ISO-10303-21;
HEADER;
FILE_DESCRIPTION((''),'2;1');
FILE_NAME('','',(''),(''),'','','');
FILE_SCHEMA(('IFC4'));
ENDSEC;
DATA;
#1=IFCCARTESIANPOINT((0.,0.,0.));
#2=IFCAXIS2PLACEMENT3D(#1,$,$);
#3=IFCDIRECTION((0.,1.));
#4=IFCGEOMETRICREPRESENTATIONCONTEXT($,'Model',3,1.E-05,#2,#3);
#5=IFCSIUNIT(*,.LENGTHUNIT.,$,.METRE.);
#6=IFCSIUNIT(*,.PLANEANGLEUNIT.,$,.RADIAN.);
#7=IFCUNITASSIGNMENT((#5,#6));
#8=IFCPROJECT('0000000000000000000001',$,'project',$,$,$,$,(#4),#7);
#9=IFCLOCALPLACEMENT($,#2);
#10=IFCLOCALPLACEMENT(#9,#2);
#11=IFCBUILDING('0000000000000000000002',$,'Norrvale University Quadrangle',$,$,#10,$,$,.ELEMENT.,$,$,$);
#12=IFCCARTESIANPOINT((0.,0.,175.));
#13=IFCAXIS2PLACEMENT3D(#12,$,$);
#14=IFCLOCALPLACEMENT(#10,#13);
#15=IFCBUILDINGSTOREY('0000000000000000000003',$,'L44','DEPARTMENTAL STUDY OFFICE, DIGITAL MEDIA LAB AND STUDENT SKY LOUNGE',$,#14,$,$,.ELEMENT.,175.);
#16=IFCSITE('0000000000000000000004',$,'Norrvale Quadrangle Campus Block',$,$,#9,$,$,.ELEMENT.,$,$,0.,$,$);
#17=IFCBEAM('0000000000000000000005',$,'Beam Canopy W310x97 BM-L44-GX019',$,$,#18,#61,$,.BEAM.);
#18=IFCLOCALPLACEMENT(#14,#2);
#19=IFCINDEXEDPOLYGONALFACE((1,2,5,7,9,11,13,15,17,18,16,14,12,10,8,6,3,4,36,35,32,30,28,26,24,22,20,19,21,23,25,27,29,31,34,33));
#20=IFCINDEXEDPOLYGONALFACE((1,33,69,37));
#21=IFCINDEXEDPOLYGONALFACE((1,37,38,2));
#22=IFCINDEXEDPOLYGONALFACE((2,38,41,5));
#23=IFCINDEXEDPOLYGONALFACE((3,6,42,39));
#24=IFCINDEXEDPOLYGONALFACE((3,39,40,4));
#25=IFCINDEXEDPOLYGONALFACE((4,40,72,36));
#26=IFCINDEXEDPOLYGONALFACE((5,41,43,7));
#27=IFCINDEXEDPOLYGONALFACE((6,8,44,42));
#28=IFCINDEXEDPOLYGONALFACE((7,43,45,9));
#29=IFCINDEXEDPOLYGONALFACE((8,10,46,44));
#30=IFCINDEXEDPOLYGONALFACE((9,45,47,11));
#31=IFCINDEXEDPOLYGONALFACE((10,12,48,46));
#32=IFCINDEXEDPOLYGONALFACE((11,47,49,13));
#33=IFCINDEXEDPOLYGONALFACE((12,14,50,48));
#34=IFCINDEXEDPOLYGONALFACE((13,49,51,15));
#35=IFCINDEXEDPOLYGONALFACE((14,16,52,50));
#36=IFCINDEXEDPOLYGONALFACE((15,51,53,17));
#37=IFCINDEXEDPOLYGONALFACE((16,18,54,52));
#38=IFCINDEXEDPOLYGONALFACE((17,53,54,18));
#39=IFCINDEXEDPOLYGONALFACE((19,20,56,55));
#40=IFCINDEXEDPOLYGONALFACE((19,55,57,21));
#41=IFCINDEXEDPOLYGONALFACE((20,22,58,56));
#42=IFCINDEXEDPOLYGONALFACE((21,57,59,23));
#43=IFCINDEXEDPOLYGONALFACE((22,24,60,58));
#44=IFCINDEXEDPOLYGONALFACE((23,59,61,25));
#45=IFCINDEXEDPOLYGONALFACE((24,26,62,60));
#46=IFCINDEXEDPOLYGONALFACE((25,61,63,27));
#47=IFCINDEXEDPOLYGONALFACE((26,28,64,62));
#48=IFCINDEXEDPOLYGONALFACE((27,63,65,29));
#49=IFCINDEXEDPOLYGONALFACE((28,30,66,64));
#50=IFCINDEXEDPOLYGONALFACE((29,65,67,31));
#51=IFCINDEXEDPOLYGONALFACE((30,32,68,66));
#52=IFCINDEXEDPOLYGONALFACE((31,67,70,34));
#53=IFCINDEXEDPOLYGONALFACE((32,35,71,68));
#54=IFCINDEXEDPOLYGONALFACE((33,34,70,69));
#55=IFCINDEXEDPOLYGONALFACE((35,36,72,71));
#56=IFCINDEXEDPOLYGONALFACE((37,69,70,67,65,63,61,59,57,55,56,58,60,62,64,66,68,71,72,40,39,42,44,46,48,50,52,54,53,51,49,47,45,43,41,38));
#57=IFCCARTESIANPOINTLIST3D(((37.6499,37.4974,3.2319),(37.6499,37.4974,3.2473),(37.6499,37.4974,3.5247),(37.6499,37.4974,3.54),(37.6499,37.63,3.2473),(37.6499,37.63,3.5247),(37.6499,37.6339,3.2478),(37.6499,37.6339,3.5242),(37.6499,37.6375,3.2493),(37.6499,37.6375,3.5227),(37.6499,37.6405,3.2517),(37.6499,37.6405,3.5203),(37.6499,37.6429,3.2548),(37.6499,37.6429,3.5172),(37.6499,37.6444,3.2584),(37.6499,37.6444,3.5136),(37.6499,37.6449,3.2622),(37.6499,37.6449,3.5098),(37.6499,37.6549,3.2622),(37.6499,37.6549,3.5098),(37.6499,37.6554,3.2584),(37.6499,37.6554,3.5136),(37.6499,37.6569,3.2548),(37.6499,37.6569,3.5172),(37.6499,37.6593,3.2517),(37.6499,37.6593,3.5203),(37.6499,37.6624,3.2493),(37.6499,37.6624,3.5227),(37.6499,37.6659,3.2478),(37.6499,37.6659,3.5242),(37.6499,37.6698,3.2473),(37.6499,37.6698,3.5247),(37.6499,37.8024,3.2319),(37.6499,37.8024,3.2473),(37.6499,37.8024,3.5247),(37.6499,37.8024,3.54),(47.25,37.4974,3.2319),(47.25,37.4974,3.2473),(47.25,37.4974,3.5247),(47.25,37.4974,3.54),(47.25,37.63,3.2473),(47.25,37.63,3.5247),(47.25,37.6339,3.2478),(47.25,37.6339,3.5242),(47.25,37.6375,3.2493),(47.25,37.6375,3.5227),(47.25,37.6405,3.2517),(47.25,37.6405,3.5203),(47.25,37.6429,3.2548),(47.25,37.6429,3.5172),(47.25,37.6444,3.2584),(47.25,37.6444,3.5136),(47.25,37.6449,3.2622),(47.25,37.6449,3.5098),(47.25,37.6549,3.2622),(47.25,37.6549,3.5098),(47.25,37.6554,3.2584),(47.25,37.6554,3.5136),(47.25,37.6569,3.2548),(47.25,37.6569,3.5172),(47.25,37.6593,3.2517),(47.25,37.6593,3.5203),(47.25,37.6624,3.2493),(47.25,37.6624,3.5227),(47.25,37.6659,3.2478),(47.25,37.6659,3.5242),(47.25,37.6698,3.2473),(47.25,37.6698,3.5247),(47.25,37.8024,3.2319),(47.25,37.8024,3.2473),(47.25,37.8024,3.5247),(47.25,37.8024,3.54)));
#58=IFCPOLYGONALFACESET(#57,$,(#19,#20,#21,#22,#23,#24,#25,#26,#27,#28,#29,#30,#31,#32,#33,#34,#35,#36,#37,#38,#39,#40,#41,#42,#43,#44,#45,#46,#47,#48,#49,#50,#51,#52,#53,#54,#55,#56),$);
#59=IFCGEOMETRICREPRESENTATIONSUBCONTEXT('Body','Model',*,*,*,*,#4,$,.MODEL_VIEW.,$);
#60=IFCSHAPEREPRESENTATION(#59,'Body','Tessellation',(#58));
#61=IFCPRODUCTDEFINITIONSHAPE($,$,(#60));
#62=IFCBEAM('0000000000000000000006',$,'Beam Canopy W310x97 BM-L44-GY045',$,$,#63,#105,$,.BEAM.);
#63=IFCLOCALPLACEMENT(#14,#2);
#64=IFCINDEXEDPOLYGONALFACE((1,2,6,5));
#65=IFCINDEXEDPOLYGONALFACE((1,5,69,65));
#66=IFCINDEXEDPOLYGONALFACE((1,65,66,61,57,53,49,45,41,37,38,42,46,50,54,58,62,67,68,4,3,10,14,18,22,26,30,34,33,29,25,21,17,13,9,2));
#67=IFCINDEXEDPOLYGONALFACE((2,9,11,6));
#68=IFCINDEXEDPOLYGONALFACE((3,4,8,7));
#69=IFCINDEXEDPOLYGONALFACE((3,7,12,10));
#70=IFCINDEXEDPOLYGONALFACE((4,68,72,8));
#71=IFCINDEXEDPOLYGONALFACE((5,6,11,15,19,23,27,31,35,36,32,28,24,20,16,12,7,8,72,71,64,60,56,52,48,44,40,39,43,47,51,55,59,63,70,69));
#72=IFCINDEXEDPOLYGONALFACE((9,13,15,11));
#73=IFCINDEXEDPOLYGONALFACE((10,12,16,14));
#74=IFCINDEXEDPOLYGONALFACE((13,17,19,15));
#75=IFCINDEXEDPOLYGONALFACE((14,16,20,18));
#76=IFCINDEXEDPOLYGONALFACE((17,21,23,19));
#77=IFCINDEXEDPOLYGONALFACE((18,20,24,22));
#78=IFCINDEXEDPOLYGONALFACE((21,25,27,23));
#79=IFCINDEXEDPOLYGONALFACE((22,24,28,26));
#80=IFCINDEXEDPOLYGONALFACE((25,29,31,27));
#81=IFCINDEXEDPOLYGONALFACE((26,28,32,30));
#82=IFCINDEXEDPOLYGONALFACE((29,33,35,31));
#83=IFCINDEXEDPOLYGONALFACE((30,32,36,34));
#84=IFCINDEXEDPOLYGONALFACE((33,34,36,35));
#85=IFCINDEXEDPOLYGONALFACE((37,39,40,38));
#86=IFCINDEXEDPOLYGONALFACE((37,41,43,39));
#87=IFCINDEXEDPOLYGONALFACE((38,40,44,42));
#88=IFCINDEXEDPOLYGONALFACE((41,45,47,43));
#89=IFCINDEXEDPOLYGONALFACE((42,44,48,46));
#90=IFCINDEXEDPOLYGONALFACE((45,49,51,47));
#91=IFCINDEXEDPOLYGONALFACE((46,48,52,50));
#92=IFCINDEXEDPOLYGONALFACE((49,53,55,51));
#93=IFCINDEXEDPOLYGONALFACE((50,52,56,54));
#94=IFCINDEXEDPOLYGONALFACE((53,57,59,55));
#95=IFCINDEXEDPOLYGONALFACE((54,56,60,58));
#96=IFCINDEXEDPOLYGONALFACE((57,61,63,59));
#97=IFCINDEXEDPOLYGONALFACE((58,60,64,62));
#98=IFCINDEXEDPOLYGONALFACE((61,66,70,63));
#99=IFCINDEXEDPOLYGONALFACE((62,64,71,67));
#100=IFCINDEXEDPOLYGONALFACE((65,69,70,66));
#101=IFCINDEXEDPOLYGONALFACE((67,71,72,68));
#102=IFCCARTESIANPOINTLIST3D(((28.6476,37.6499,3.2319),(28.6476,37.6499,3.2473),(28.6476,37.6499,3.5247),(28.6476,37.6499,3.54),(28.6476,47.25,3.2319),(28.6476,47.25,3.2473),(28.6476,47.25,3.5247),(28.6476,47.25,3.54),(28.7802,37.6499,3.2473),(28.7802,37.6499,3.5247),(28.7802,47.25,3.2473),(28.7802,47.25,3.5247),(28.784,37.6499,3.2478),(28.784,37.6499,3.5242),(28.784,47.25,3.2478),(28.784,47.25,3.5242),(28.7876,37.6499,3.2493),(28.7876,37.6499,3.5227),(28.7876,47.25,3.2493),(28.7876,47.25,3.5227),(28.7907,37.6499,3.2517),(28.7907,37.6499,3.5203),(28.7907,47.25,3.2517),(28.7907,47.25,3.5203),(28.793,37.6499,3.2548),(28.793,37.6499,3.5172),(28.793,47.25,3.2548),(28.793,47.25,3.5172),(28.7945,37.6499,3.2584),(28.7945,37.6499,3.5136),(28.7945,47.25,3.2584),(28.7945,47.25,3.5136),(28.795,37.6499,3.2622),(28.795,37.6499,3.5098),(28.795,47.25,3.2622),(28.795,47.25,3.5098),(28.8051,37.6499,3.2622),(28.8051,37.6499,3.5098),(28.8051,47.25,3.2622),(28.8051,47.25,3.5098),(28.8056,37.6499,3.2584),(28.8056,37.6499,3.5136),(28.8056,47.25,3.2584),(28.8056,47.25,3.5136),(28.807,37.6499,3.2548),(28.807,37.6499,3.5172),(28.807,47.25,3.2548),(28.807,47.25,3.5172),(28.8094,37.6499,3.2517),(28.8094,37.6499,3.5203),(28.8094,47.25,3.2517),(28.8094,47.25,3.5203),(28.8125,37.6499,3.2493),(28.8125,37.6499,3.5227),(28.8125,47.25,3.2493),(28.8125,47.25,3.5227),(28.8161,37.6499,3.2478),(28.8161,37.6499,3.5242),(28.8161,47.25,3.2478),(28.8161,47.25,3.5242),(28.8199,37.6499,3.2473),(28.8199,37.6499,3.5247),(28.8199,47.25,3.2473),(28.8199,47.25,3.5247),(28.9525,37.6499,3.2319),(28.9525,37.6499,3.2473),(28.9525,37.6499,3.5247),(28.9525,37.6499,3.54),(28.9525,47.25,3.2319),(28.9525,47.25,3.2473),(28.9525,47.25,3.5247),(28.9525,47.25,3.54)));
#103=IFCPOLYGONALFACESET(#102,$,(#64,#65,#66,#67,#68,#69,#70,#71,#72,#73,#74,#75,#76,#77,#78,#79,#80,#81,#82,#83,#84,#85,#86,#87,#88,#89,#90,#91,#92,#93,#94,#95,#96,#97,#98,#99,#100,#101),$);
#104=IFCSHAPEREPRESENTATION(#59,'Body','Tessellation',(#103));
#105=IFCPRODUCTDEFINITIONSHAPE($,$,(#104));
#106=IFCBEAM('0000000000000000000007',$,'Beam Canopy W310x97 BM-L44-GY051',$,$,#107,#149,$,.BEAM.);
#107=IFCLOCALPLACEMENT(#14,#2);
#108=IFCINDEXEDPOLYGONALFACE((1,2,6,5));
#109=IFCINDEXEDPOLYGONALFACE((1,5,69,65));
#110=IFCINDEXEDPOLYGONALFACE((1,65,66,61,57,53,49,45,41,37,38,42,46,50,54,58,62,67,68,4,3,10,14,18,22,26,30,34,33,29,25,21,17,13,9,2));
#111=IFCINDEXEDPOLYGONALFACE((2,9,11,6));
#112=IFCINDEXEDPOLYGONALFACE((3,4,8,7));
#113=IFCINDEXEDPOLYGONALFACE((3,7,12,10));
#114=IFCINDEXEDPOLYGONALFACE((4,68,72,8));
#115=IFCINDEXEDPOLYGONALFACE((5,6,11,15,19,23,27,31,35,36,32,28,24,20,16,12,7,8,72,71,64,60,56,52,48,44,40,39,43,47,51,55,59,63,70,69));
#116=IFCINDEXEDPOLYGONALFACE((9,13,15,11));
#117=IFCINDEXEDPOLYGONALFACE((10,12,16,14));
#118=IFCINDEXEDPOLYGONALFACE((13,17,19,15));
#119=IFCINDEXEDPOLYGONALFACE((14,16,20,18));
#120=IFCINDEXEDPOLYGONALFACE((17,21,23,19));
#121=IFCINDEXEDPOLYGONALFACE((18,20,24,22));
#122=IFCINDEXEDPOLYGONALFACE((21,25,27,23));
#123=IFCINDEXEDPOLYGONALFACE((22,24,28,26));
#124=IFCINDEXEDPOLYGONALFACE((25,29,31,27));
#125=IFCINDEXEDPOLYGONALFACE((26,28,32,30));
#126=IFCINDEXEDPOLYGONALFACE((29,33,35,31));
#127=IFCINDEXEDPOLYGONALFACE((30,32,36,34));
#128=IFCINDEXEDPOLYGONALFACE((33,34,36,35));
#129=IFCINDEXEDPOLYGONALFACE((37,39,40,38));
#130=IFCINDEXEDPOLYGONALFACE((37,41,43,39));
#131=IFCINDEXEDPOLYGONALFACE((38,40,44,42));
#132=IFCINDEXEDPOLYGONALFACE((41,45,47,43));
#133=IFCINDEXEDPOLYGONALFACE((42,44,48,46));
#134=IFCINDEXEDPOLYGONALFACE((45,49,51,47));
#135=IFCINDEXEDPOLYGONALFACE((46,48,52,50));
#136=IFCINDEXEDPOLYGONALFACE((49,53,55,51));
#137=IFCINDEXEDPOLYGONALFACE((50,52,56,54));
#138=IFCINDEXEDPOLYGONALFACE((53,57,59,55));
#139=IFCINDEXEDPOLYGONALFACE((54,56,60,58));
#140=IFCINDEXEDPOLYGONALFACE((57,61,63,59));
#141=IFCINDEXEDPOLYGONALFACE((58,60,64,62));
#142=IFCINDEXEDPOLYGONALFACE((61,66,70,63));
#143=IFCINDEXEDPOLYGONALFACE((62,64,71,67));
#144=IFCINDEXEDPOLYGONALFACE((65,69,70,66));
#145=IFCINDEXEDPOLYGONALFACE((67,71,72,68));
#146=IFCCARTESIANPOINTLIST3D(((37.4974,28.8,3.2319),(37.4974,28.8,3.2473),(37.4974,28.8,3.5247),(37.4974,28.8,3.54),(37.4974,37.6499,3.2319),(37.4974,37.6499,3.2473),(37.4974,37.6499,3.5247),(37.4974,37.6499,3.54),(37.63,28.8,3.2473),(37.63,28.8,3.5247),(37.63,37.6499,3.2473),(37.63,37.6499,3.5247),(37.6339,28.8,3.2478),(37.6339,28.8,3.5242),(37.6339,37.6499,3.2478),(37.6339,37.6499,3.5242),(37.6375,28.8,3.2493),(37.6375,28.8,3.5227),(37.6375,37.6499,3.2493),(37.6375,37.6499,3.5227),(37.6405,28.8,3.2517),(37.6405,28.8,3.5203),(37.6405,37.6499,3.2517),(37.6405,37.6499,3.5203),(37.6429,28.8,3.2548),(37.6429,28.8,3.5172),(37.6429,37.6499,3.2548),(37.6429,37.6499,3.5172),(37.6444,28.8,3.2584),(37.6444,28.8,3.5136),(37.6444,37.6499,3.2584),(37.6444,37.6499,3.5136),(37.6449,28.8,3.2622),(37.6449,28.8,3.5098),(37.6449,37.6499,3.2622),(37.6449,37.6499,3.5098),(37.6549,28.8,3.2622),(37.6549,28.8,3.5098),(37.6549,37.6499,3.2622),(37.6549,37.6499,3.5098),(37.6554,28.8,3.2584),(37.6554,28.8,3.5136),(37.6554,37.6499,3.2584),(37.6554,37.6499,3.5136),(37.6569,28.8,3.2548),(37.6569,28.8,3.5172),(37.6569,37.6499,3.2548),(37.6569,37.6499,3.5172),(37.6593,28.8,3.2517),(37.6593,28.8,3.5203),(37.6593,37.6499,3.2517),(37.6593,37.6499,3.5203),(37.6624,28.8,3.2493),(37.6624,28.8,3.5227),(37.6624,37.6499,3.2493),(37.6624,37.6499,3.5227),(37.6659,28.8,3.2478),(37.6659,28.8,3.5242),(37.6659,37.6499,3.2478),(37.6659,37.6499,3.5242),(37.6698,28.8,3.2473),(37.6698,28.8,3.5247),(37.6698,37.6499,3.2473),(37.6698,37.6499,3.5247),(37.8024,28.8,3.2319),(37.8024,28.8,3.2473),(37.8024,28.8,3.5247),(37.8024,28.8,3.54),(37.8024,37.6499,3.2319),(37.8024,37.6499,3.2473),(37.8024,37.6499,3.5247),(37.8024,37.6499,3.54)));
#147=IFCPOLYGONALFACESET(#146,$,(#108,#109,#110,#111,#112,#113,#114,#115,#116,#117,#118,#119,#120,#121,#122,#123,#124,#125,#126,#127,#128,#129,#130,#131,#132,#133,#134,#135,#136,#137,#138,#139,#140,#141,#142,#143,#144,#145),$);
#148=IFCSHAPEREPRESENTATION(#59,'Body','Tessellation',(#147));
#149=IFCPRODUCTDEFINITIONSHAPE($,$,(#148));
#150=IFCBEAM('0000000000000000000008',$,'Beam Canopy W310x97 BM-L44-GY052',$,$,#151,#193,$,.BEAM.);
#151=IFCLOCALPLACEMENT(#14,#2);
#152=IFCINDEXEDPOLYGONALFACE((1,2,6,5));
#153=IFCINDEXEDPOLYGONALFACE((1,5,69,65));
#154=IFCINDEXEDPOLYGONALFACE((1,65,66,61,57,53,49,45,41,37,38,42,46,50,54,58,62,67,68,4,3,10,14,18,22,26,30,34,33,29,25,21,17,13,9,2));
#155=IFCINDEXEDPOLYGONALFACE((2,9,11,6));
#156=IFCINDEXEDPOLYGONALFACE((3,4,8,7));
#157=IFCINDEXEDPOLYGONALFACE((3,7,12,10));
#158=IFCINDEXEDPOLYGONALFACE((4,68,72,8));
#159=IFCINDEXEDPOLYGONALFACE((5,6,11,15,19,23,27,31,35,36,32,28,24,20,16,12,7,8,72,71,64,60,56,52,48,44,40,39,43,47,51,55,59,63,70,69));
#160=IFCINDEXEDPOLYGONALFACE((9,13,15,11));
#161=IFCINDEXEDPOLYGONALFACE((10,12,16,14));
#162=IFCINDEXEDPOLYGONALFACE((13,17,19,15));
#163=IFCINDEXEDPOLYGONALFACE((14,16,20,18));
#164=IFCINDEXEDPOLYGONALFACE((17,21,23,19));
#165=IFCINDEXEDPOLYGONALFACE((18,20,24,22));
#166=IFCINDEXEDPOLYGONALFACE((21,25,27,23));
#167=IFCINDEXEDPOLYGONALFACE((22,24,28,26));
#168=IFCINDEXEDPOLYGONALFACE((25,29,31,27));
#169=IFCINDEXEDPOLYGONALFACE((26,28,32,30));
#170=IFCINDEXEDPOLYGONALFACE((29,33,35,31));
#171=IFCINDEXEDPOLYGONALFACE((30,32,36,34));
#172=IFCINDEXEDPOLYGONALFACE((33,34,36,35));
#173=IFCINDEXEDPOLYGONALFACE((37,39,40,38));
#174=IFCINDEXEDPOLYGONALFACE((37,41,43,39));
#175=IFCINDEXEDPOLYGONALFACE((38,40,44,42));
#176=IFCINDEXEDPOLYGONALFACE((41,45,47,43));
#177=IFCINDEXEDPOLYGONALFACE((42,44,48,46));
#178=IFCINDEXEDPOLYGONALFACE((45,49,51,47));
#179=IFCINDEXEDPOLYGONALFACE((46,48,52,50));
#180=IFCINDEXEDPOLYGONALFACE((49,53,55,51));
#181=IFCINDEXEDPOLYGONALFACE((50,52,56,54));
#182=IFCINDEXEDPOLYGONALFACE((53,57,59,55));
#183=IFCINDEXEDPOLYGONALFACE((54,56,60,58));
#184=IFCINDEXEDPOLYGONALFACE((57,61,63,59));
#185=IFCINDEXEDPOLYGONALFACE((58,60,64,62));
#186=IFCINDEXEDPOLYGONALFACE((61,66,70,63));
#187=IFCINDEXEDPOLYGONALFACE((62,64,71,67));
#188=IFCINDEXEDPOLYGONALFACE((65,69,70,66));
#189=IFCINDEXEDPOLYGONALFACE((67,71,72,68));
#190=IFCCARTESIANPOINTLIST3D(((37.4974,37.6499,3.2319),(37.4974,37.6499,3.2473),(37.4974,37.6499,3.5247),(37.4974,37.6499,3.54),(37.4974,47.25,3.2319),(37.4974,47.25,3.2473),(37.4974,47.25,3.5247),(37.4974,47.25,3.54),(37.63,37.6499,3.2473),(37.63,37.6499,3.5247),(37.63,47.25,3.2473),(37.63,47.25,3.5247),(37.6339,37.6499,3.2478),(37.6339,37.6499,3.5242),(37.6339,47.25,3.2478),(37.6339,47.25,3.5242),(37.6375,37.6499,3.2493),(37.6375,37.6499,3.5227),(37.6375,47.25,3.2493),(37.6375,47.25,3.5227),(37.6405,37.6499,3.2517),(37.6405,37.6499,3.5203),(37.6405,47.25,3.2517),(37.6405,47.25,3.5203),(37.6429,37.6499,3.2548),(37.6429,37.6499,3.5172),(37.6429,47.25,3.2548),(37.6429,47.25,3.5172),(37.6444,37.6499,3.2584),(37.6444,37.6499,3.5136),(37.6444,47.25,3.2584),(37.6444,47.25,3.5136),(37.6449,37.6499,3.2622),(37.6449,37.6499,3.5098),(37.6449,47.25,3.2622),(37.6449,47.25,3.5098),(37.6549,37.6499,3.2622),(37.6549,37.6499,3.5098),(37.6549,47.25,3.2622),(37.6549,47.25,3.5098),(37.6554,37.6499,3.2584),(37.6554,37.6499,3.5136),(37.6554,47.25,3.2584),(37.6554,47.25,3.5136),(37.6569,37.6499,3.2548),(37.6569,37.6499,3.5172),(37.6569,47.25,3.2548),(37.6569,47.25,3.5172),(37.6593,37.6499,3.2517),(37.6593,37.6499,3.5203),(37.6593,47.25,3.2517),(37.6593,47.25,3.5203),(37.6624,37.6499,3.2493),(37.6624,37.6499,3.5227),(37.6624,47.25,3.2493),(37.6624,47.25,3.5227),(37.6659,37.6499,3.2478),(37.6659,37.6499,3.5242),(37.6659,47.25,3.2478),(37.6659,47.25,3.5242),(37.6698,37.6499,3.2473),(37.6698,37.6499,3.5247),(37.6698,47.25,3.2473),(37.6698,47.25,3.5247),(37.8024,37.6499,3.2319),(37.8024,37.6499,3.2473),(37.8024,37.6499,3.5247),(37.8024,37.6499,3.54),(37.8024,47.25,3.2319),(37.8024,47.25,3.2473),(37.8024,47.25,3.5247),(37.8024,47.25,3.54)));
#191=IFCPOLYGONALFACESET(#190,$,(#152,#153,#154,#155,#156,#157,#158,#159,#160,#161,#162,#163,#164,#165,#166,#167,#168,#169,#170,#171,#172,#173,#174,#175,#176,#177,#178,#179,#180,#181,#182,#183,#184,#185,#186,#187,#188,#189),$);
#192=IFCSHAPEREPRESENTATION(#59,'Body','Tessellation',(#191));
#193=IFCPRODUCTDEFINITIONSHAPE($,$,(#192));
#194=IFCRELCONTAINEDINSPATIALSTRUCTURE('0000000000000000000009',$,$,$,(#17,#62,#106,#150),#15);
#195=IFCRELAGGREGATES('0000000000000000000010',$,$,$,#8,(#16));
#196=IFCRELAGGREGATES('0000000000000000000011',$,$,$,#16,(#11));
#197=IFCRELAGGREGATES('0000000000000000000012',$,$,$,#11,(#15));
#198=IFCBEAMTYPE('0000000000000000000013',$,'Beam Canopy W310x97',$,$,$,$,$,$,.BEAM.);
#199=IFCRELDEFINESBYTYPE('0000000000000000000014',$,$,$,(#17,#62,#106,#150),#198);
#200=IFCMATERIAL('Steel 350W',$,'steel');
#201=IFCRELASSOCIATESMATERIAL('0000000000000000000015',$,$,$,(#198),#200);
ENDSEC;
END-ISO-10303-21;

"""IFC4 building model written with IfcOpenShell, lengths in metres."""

from ifc_helpers import new_model, si_unit, direction, frame, origin, origin_2d, place, context, subcontext, project, spatial, i_section, extrude, material, material_profile, profile_set, type_object, element, save


model = new_model("IFC4")

# Units and contexts
model_context = context("Model", 3, precision=1e-05, world=origin(), true_north=direction((0.0, 1.0)))
body_context = subcontext(model_context, "Body", "Model", "MODEL_VIEW")
ifc_project = project(units=[si_unit("LENGTHUNIT", "METRE"), si_unit("PLANEANGLEUNIT", "RADIAN")], contexts=[model_context])

# Site, building, storey
site_placement = place(None, origin())
site = spatial("IfcSite", under=ifc_project, at=site_placement, Name="Norrvale Quadrangle Campus Block", CompositionType="ELEMENT", RefElevation=0.0)
building_placement = place(site_placement, origin())
building = spatial("IfcBuilding", under=site, at=building_placement, Name="Norrvale University Quadrangle", CompositionType="ELEMENT")
storey_placement = place(building_placement, frame((0.0, 0.0, 175.0)))
storey = spatial("IfcBuildingStorey", under=building, at=storey_placement, Name="L44", Description="DEPARTMENTAL STUDY OFFICE, DIGITAL MEDIA LAB AND STUDENT SKY LOUNGE", CompositionType="ELEMENT", Elevation=175.0)

# Beams
ifc_material_1 = material(Name="Steel 350W", Category="steel")
ifc_material_profile_1 = material_profile(ifc_material_1, i_section(OverallWidth=0.3049, OverallDepth=0.3081, WebThickness=0.01, FlangeThickness=0.0154, FilletRadius=0.0149, at=origin_2d()), Name="Steel 350W")
ifc_profile_set_1 = profile_set([ifc_material_profile_1], Name="Steel 350W")
beam_type_1 = type_object("IfcBeamType", Name="Beam Canopy W310x97", PredefinedType="BEAM", material=ifc_profile_set_1)
for number, where, z_axis, x_axis, name in (
    (1, (37.6499, 37.6499, 3.386), (1.0, 0.0, 0.0), (0.0, 1.0, 0.0), "Beam Canopy W310x97 BM-L44-GX019"),
    (2, (28.8, 37.6499, 3.386), (0.0, 1.0, 0.0), (-1.0, 0.0, 0.0), "Beam Canopy W310x97 BM-L44-GY045"),
):
    element("IfcBeam", number, at=place(storey_placement, frame(where, z_axis=z_axis, x_axis=x_axis)), inside=storey, type_object=beam_type_1, Name=name, PredefinedType="BEAM", context=body_context, shape_type="SweptSolid", body=[
        extrude(i_section(OverallWidth=0.3049, OverallDepth=0.3081, WebThickness=0.01, FlangeThickness=0.0154, FilletRadius=0.0149, at=origin_2d()), origin(), (0.0, 0.0, 1.0), 9.6001),
    ])
beam_1_placement = place(storey_placement, frame((37.6499, 28.8, 3.386), z_axis=(0.0, 1.0, 0.0), x_axis=(-1.0, 0.0, 0.0)))
element("IfcBeam", 3, at=beam_1_placement, inside=storey, type_object=beam_type_1, Name="Beam Canopy W310x97 BM-L44-GY051", PredefinedType="BEAM", context=body_context, shape_type="SweptSolid", body=[
    extrude(i_section(OverallWidth=0.3049, OverallDepth=0.3081, WebThickness=0.01, FlangeThickness=0.0154, FilletRadius=0.0149, at=origin_2d()), origin(), (0.0, 0.0, 1.0), 8.8499),
])
beam_2_placement = place(storey_placement, frame((37.6499, 37.6499, 3.386), z_axis=(0.0, 1.0, 0.0), x_axis=(-1.0, 0.0, 0.0)))
element("IfcBeam", 4, at=beam_2_placement, inside=storey, type_object=beam_type_1, Name="Beam Canopy W310x97 BM-L44-GY052", PredefinedType="BEAM", context=body_context, shape_type="SweptSolid", body=[
    extrude(i_section(OverallWidth=0.3049, OverallDepth=0.3081, WebThickness=0.01, FlangeThickness=0.0154, FilletRadius=0.0149, at=origin_2d()), origin(), (0.0, 0.0, 1.0), 9.6001),
])

save(model, "model.ifc")
